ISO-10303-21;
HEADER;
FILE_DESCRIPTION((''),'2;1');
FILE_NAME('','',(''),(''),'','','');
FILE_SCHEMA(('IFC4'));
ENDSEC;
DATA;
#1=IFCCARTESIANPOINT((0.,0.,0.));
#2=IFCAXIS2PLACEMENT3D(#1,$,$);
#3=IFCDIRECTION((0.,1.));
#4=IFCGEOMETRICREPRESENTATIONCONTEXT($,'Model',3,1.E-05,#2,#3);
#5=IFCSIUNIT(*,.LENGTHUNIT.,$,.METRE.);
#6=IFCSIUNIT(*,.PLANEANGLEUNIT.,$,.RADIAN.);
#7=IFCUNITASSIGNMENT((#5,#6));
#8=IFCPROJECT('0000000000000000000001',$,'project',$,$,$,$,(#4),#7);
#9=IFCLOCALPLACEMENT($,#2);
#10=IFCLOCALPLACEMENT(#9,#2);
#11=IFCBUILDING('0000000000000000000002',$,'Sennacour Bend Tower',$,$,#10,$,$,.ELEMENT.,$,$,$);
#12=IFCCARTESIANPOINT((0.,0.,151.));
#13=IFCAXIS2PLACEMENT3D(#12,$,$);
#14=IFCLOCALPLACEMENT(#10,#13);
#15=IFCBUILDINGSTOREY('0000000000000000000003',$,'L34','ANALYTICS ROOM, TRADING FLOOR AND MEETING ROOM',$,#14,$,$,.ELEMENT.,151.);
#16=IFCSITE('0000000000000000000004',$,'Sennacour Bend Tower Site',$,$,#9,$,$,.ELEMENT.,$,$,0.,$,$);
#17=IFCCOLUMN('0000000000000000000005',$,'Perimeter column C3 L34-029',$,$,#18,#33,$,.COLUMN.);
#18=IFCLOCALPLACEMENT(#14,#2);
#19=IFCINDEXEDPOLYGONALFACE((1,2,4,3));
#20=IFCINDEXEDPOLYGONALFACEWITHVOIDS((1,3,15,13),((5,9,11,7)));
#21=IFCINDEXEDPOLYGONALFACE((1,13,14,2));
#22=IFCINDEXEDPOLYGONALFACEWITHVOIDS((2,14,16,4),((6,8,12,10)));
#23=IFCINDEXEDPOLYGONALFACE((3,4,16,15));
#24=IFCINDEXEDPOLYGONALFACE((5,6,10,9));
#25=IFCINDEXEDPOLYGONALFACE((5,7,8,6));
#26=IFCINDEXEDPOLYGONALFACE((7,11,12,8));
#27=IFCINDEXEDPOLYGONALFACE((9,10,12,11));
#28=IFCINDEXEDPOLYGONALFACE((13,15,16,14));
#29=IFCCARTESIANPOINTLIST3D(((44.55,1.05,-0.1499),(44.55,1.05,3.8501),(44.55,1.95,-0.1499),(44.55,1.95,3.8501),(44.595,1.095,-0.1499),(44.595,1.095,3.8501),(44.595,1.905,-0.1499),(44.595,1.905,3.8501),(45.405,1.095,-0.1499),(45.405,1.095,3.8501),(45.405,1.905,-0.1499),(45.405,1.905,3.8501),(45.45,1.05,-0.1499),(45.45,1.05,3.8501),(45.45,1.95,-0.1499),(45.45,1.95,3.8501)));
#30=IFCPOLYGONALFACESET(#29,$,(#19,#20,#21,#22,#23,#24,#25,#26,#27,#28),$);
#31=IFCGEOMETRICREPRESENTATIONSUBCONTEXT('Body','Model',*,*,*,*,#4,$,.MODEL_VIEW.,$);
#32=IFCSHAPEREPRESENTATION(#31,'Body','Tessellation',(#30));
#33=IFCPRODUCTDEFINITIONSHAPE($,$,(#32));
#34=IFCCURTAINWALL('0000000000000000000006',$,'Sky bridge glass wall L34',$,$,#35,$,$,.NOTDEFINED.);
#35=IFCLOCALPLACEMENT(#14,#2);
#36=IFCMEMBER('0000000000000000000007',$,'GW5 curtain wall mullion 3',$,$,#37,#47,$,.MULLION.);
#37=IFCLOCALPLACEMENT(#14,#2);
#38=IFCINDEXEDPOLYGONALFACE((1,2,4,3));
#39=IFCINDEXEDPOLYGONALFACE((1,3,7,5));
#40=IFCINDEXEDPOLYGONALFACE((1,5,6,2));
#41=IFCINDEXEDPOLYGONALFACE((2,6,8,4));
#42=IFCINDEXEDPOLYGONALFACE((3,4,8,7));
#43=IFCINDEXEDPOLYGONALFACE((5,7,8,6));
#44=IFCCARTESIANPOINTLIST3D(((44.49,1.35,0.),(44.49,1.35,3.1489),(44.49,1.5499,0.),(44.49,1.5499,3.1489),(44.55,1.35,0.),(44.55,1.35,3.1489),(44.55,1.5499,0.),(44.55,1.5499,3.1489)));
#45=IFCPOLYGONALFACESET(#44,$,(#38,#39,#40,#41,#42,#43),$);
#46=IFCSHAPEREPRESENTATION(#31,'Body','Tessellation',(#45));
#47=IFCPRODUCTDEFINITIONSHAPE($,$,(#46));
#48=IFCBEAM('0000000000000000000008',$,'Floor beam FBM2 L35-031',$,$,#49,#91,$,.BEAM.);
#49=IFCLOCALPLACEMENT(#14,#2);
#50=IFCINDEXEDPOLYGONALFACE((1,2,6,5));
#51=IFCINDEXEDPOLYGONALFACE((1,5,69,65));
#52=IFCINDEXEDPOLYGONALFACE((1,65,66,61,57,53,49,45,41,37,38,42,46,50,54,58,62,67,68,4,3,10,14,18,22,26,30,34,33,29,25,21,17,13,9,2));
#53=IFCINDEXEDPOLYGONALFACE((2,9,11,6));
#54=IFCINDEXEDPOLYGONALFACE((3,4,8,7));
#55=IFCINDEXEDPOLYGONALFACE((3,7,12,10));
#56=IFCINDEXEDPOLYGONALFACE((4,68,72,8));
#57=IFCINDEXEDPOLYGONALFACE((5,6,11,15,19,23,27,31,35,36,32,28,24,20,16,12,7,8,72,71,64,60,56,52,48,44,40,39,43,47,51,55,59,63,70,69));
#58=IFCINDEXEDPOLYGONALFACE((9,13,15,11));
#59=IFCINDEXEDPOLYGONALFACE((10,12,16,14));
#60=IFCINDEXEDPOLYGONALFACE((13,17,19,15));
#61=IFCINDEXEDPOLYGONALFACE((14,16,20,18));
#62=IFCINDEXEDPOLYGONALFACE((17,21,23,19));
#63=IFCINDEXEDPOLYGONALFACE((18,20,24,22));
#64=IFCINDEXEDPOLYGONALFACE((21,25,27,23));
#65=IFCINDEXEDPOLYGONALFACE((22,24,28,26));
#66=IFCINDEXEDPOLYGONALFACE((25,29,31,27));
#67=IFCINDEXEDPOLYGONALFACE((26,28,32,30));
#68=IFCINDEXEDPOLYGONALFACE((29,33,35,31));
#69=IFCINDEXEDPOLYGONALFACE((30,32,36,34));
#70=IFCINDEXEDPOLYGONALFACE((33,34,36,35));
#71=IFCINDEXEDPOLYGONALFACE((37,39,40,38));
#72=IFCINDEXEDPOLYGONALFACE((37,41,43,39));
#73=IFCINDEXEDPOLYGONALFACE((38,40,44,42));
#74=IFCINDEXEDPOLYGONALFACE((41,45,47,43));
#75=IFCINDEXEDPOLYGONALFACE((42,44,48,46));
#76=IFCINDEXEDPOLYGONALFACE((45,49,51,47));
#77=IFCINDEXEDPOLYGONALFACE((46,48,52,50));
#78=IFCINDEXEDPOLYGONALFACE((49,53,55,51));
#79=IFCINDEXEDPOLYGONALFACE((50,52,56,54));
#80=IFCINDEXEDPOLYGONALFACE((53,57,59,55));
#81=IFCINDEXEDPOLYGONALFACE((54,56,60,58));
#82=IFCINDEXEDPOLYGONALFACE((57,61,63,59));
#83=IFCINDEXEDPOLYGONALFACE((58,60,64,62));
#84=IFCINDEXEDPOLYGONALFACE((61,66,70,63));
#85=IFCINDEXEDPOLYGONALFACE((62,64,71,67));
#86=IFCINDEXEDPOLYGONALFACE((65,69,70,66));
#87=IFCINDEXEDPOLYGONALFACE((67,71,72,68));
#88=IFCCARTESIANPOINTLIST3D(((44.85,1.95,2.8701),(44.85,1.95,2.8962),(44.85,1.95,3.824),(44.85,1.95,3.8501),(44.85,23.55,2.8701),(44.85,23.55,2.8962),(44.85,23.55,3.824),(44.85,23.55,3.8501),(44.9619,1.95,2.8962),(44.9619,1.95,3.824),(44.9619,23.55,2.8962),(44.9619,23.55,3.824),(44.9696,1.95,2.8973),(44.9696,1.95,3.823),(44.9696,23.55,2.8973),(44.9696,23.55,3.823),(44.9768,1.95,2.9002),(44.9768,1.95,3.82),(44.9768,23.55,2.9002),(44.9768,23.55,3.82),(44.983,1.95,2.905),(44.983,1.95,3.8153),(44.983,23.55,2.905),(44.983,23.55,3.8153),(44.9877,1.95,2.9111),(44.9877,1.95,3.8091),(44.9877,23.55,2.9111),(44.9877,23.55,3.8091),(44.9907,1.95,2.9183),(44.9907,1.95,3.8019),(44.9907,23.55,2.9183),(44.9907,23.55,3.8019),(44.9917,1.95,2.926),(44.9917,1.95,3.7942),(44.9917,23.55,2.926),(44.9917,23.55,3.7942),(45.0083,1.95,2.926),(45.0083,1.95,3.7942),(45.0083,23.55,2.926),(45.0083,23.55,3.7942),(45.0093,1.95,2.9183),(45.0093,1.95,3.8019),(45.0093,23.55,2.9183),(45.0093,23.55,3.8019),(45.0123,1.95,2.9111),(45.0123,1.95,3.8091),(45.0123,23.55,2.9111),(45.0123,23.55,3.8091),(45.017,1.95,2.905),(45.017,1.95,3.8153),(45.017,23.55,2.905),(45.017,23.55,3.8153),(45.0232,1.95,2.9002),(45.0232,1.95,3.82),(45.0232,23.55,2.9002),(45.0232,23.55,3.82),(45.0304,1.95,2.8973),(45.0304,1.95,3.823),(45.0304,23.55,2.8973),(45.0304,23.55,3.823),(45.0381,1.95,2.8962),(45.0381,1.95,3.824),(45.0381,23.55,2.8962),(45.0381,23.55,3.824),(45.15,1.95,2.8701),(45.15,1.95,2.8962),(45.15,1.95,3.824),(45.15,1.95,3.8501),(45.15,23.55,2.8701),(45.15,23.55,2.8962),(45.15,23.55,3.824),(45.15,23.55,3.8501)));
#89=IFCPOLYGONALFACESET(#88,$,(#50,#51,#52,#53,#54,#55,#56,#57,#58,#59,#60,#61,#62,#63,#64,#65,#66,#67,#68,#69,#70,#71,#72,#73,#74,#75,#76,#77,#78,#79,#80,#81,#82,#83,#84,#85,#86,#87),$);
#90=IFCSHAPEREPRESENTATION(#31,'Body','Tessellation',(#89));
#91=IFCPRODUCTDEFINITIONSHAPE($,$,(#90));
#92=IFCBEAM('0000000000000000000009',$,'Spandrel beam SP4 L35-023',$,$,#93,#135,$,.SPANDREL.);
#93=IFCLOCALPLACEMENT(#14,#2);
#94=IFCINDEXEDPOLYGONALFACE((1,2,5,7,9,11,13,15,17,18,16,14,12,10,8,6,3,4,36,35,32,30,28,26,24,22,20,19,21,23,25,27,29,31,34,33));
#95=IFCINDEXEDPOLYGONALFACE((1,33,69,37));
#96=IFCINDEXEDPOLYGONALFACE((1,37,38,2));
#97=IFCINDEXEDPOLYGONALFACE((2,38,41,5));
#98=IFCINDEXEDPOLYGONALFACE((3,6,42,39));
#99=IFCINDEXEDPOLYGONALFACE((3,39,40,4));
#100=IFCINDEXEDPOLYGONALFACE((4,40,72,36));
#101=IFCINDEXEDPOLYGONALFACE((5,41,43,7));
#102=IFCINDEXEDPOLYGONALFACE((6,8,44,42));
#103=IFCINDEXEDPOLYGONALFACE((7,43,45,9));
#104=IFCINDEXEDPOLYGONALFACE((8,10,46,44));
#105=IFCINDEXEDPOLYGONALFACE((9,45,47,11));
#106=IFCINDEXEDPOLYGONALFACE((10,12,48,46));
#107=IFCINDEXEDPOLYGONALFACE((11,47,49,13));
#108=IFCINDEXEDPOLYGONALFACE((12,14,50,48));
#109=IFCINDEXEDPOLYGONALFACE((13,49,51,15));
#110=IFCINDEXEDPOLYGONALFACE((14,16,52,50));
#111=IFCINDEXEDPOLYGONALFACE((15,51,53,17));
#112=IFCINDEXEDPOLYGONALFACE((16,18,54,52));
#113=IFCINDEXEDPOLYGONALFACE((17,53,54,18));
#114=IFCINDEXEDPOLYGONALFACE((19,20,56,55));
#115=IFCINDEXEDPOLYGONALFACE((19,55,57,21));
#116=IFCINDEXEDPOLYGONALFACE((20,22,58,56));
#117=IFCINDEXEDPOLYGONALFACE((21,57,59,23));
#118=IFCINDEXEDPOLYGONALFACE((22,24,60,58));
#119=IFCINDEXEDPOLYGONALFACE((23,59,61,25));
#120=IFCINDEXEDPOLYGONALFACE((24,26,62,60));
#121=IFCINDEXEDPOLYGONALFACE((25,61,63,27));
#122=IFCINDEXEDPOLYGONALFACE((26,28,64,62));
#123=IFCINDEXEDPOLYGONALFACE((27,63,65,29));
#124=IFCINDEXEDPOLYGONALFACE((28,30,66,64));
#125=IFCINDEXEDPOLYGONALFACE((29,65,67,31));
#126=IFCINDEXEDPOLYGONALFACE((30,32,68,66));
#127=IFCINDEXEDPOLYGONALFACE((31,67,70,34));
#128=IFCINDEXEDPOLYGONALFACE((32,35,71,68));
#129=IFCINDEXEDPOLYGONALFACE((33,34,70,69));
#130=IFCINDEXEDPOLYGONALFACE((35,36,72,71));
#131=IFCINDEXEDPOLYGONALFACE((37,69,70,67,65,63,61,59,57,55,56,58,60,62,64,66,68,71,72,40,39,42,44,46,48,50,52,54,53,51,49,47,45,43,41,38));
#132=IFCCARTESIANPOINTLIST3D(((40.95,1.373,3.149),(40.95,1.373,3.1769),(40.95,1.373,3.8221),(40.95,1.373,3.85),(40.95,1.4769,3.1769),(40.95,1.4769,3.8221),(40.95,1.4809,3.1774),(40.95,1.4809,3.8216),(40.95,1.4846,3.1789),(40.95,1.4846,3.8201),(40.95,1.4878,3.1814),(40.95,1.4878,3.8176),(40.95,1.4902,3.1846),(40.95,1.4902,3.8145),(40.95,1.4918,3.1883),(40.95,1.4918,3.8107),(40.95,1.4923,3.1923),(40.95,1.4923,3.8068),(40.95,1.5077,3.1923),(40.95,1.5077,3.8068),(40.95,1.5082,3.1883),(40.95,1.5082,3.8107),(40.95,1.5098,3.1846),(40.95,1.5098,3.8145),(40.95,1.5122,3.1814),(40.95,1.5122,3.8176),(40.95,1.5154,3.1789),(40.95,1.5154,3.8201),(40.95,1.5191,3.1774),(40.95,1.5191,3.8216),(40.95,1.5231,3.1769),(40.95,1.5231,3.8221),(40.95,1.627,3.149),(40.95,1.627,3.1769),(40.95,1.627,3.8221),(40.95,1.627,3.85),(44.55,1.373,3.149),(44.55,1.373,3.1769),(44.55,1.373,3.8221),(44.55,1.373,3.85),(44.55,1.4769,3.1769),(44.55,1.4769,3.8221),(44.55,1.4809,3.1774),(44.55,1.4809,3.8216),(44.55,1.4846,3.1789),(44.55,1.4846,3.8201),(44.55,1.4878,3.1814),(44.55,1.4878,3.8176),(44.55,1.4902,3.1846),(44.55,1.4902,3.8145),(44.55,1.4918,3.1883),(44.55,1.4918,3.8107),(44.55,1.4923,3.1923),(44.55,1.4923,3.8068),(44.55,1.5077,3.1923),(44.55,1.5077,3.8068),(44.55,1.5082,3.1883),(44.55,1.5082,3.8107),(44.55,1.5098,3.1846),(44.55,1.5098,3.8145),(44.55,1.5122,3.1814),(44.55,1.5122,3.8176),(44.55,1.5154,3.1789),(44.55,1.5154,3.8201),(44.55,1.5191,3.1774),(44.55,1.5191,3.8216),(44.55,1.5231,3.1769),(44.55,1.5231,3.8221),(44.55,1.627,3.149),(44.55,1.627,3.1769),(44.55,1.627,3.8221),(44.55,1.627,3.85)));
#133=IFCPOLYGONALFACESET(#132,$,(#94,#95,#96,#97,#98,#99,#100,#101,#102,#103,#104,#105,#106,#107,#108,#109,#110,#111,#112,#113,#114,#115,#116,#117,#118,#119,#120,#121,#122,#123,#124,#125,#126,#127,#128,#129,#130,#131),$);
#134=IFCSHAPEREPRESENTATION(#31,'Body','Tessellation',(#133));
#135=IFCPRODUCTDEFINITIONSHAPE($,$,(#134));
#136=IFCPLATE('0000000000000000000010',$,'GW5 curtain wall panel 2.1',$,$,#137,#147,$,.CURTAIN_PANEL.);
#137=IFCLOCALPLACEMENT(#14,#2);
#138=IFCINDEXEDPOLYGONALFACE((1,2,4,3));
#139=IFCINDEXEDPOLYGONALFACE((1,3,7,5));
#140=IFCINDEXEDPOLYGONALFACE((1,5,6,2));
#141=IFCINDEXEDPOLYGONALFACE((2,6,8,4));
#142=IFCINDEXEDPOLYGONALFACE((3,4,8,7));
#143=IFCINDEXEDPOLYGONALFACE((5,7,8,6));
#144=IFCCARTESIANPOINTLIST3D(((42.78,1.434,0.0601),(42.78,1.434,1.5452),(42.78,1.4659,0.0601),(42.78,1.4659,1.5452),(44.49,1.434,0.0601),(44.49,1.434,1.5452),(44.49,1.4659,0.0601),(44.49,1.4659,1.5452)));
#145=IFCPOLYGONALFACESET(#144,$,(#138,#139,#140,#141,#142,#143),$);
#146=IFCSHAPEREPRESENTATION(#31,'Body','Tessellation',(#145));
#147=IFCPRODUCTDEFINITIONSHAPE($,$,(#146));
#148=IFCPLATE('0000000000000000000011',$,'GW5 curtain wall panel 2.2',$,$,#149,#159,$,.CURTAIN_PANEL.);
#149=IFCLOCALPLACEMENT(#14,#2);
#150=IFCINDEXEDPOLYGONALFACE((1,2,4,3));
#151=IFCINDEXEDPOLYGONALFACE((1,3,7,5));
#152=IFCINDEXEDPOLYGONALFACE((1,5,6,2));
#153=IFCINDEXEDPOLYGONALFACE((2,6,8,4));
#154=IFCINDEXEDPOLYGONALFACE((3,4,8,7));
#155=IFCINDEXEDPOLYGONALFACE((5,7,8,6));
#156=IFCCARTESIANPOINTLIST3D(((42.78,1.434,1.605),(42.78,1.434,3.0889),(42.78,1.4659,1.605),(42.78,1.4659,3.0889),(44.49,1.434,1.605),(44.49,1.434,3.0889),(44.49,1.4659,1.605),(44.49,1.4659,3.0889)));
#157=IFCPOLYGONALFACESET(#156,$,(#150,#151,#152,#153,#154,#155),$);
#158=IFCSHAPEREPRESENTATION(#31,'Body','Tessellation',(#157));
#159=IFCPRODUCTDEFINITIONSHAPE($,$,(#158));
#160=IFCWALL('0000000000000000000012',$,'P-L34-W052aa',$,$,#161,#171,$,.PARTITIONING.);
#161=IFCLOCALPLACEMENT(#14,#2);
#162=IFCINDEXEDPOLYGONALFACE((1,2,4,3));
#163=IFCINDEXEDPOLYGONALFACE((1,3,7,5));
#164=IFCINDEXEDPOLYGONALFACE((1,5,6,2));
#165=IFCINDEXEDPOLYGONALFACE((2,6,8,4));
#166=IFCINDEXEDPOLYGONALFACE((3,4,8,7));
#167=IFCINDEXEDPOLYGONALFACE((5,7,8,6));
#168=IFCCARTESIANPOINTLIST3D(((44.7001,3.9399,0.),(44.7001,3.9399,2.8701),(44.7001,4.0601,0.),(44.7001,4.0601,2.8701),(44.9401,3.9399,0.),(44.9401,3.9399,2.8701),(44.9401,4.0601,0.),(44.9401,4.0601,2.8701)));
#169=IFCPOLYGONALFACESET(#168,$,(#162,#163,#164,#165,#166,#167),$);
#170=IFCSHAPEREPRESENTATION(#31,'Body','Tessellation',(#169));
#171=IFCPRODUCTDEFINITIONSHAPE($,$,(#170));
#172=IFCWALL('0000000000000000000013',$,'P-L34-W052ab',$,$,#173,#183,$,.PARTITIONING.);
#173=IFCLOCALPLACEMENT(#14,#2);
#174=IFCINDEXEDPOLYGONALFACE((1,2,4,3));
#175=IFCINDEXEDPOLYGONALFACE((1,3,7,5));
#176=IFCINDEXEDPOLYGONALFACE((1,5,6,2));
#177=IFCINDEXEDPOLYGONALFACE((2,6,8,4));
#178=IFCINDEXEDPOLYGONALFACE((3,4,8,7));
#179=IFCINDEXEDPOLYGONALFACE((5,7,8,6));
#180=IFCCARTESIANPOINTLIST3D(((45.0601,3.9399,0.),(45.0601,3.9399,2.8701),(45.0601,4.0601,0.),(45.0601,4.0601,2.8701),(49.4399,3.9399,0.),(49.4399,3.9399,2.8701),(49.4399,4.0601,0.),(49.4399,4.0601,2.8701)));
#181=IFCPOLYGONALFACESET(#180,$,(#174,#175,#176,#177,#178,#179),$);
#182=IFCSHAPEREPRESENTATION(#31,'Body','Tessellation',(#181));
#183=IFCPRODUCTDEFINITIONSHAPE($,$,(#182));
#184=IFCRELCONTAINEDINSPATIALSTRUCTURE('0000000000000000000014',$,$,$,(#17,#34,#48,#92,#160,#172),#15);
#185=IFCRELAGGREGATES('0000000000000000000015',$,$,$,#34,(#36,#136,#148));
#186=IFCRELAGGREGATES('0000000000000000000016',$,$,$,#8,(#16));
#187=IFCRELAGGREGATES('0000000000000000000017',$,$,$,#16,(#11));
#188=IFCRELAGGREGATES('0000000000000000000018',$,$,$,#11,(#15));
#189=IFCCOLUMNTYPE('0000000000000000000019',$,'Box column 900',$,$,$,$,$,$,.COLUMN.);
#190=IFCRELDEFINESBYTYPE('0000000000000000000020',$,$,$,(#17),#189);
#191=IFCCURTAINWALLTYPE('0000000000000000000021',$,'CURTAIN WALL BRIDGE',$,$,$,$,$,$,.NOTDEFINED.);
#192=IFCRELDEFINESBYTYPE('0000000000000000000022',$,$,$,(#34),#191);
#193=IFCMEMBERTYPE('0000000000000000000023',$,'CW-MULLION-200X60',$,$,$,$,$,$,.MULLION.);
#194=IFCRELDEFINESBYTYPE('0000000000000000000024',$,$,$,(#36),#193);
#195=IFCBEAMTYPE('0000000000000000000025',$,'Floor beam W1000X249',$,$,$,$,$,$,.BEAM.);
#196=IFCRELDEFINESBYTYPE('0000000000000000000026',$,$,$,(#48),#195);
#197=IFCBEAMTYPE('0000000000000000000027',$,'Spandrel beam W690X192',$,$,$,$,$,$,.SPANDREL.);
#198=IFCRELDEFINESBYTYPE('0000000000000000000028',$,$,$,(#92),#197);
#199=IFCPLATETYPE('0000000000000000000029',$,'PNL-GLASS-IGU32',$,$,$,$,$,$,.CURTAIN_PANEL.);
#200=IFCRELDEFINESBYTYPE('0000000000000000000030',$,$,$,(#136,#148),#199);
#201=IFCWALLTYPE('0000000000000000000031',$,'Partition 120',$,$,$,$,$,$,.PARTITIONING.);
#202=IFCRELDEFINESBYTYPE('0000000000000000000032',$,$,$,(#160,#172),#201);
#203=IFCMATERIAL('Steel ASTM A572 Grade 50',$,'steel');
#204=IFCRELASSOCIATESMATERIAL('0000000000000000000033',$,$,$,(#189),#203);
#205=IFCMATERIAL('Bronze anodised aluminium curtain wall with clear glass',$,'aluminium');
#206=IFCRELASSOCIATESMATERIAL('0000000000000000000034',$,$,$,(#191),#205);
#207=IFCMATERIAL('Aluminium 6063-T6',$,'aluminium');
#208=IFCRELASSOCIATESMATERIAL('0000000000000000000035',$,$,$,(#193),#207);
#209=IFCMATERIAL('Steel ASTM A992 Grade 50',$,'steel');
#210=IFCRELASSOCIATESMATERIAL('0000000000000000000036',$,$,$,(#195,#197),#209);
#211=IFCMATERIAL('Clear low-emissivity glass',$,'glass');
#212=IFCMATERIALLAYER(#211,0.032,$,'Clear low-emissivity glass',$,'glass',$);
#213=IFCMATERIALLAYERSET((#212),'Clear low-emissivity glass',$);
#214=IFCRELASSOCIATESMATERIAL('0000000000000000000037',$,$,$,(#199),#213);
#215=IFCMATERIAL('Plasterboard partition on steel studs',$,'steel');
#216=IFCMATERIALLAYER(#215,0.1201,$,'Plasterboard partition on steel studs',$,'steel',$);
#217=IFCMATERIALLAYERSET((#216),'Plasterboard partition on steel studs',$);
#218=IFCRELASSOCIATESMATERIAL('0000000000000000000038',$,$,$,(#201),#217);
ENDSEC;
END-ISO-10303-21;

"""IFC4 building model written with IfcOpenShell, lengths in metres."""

from ifc_helpers import new_model, si_unit, direction, frame, frame_2d, origin, origin_2d, place, context, subcontext, project, spatial, rectangle, hollow_rectangle, i_section, extrude, material, layer, layer_set, material_profile, profile_set, type_object, element, aggregate, save


model = new_model("IFC4")

# Units and contexts
model_context = context("Model", 3, precision=1e-05, world=origin(), true_north=direction((0.0, 1.0)))
body_context = subcontext(model_context, "Body", "Model", "MODEL_VIEW")
ifc_project = project(units=[si_unit("LENGTHUNIT", "METRE"), si_unit("PLANEANGLEUNIT", "RADIAN")], contexts=[model_context])

# Site, building, storey
site_placement = place(None, origin())
site = spatial("IfcSite", under=ifc_project, at=site_placement, Name="Sennacour Bend Tower Site", CompositionType="ELEMENT", RefElevation=0.0)
building_placement = place(site_placement, origin())
building = spatial("IfcBuilding", under=site, at=building_placement, Name="Sennacour Bend Tower", CompositionType="ELEMENT")
storey_placement = place(building_placement, frame((0.0, 0.0, 151.0)))
storey = spatial("IfcBuildingStorey", under=building, at=storey_placement, Name="L34", Description="ANALYTICS ROOM, TRADING FLOOR AND MEETING ROOM", CompositionType="ELEMENT", Elevation=151.0)

# Column
ifc_material_1 = material(Name="Steel ASTM A572 Grade 50", Category="steel")
ifc_material_profile_1 = material_profile(ifc_material_1, hollow_rectangle(XDim=0.8999, YDim=0.8999, WallThickness=0.0449, at=origin_2d()), Name="Steel ASTM A572 Grade 50", Category="steel")
ifc_profile_set_1 = profile_set([ifc_material_profile_1], Name="Steel ASTM A572 Grade 50")
column_type = type_object("IfcColumnType", Name="Box column 900", PredefinedType="COLUMN", material=ifc_profile_set_1)
column_placement = place(storey_placement, frame((45.0, 1.5, -0.1499), z_axis=(0.0, 0.0, 1.0), x_axis=(1.0, 0.0, 0.0)))
element("IfcColumn", 1, at=column_placement, inside=storey, type_object=column_type, Name="Perimeter column C3 L34-029", PredefinedType="COLUMN", context=body_context, shape_type="SweptSolid", body=[
    extrude(hollow_rectangle(XDim=0.8999, YDim=0.8999, WallThickness=0.0449, at=origin_2d()), origin(), (0.0, 0.0, 1.0), 4.0),
])

# Curtain wall, member
ifc_material_2 = material(Name="Bronze anodised aluminium curtain wall with clear glass", Category="aluminium")
curtain_wall_type = type_object("IfcCurtainWallType", Name="CURTAIN WALL BRIDGE", PredefinedType="NOTDEFINED", material=ifc_material_2)
curtain_wall_placement = place(storey_placement, origin())
curtain_wall = element("IfcCurtainWall", 2, at=curtain_wall_placement, inside=storey, type_object=curtain_wall_type, Name="Sky bridge glass wall L34", PredefinedType="NOTDEFINED")
ifc_material_3 = material(Name="Aluminium 6063-T6", Category="aluminium")
ifc_material_profile_2 = material_profile(ifc_material_3, rectangle(XDim=0.2, YDim=0.0601, at=origin_2d()), Name="Aluminium 6063-T6", Category="aluminium")
ifc_profile_set_2 = profile_set([ifc_material_profile_2], Name="Aluminium 6063-T6")
member_type = type_object("IfcMemberType", Name="CW-MULLION-200X60", PredefinedType="MULLION", material=ifc_profile_set_2)
member_placement = place(storey_placement, frame((44.52, 1.45, 0.0), z_axis=(0.0, 0.0, 1.0), x_axis=(0.0, 1.0, 0.0)))
member = element("IfcMember", 3, at=member_placement, type_object=member_type, Name="GW5 curtain wall mullion 3", PredefinedType="MULLION", context=body_context, shape_type="SweptSolid", body=[
    extrude(rectangle(XDim=0.2, YDim=0.0601, at=origin_2d()), origin(), (0.0, 0.0, 1.0), 3.1489),
])

# Beams
ifc_material_4 = material(Name="Steel ASTM A992 Grade 50", Category="steel")
ifc_material_profile_3 = material_profile(ifc_material_4, i_section(OverallWidth=0.3, OverallDepth=0.98, WebThickness=0.0166, FlangeThickness=0.0261, FilletRadius=0.0298, at=origin_2d()), Name="Steel ASTM A992 Grade 50", Category="steel")
ifc_profile_set_3 = profile_set([ifc_material_profile_3], Name="Steel ASTM A992 Grade 50")
beam_type_1 = type_object("IfcBeamType", Name="Floor beam W1000X249", PredefinedType="BEAM", material=ifc_profile_set_3)
beam_1_placement = place(storey_placement, frame((45.0, 1.95, 3.3601), z_axis=(0.0, 1.0, 0.0), x_axis=(-1.0, 0.0, 0.0)))
element("IfcBeam", 4, at=beam_1_placement, inside=storey, type_object=beam_type_1, Name="Floor beam FBM2 L35-031", PredefinedType="BEAM", context=body_context, shape_type="SweptSolid", body=[
    extrude(i_section(OverallWidth=0.3, OverallDepth=0.98, WebThickness=0.0166, FlangeThickness=0.0261, FilletRadius=0.0298, at=origin_2d()), origin(), (0.0, 0.0, 1.0), 21.6001),
])
ifc_material_profile_4 = material_profile(ifc_material_4, i_section(OverallWidth=0.2539, OverallDepth=0.7009, WebThickness=0.0154, FlangeThickness=0.0278, FilletRadius=0.0154, at=origin_2d()), Name="Steel ASTM A992 Grade 50", Category="steel")
ifc_profile_set_4 = profile_set([ifc_material_profile_4], Name="Steel ASTM A992 Grade 50")
beam_type_2 = type_object("IfcBeamType", Name="Spandrel beam W690X192", PredefinedType="SPANDREL", material=ifc_profile_set_4)
beam_2_placement = place(storey_placement, frame((44.55, 1.5, 3.4995), z_axis=(-1.0, 0.0, 0.0), x_axis=(0.0, -1.0, 0.0)))
element("IfcBeam", 5, at=beam_2_placement, inside=storey, type_object=beam_type_2, Name="Spandrel beam SP4 L35-023", PredefinedType="SPANDREL", context=body_context, shape_type="SweptSolid", body=[
    extrude(i_section(OverallWidth=0.2539, OverallDepth=0.7009, WebThickness=0.0154, FlangeThickness=0.0278, FilletRadius=0.0154, at=origin_2d()), origin(), (0.0, 0.0, 1.0), 3.6001),
])

# Plates
ifc_material_5 = material(Name="Clear low-emissivity glass", Category="glass")
ifc_layer_1 = layer(ifc_material_5, 0.032, Name="Clear low-emissivity glass", Category="glass")
ifc_layer_set_1 = layer_set([ifc_layer_1], Name="Clear low-emissivity glass")
plate_type = type_object("IfcPlateType", Name="PNL-GLASS-IGU32", PredefinedType="CURTAIN_PANEL", material=ifc_layer_set_1)
plate_1_placement = place(storey_placement, frame((43.635, 1.45, 0.0601), z_axis=(0.0, 0.0, 1.0), x_axis=(1.0, 0.0, 0.0)))
plate_1 = element("IfcPlate", 6, at=plate_1_placement, type_object=plate_type, Name="GW5 curtain wall panel 2.1", PredefinedType="CURTAIN_PANEL", context=body_context, shape_type="SweptSolid", body=[
    extrude(rectangle(XDim=1.71, YDim=0.032, at=origin_2d()), origin(), (0.0, 0.0, 1.0), 1.4851),
])
plate_2_placement = place(storey_placement, frame((43.635, 1.45, 1.605), z_axis=(0.0, 0.0, 1.0), x_axis=(1.0, 0.0, 0.0)))
plate_2 = element("IfcPlate", 7, at=plate_2_placement, type_object=plate_type, Name="GW5 curtain wall panel 2.2", PredefinedType="CURTAIN_PANEL", context=body_context, shape_type="SweptSolid", body=[
    extrude(rectangle(XDim=1.71, YDim=0.032, at=origin_2d()), origin(), (0.0, 0.0, 1.0), 1.4839),
])
aggregate(curtain_wall, [member, plate_1, plate_2])

# Walls
ifc_material_6 = material(Name="Plasterboard partition on steel studs", Category="steel")
ifc_layer_2 = layer(ifc_material_6, 0.1201, Name="Plasterboard partition on steel studs", Category="steel")
ifc_layer_set_2 = layer_set([ifc_layer_2], Name="Plasterboard partition on steel studs")
wall_type_1 = type_object("IfcWallType", Name="Partition 120", PredefinedType="PARTITIONING", material=ifc_layer_set_2)
wall_1_placement = place(storey_placement, frame((44.7, 4.0, 0.0), z_axis=(0.0, 0.0, 1.0), x_axis=(1.0, 0.0, 0.0)))
element("IfcWall", 8, at=wall_1_placement, inside=storey, type_object=wall_type_1, Name="P-L34-W052aa", PredefinedType="PARTITIONING", context=body_context, shape_type="SweptSolid", body=[
    extrude(rectangle(XDim=0.24, YDim=0.1201, at=frame_2d((0.1201, 0.0))), origin(), (0.0, 0.0, 1.0), 2.8701),
])
wall_2_placement = place(storey_placement, frame((45.0601, 4.0, 0.0), z_axis=(0.0, 0.0, 1.0), x_axis=(1.0, 0.0, 0.0)))
element("IfcWall", 9, at=wall_2_placement, inside=storey, type_object=wall_type_1, Name="P-L34-W052ab", PredefinedType="PARTITIONING", context=body_context, shape_type="SweptSolid", body=[
    extrude(rectangle(XDim=4.3799, YDim=0.1201, at=frame_2d((2.1899, 0.0))), origin(), (0.0, 0.0, 1.0), 2.8701),
])

save(model, "model.ifc")
